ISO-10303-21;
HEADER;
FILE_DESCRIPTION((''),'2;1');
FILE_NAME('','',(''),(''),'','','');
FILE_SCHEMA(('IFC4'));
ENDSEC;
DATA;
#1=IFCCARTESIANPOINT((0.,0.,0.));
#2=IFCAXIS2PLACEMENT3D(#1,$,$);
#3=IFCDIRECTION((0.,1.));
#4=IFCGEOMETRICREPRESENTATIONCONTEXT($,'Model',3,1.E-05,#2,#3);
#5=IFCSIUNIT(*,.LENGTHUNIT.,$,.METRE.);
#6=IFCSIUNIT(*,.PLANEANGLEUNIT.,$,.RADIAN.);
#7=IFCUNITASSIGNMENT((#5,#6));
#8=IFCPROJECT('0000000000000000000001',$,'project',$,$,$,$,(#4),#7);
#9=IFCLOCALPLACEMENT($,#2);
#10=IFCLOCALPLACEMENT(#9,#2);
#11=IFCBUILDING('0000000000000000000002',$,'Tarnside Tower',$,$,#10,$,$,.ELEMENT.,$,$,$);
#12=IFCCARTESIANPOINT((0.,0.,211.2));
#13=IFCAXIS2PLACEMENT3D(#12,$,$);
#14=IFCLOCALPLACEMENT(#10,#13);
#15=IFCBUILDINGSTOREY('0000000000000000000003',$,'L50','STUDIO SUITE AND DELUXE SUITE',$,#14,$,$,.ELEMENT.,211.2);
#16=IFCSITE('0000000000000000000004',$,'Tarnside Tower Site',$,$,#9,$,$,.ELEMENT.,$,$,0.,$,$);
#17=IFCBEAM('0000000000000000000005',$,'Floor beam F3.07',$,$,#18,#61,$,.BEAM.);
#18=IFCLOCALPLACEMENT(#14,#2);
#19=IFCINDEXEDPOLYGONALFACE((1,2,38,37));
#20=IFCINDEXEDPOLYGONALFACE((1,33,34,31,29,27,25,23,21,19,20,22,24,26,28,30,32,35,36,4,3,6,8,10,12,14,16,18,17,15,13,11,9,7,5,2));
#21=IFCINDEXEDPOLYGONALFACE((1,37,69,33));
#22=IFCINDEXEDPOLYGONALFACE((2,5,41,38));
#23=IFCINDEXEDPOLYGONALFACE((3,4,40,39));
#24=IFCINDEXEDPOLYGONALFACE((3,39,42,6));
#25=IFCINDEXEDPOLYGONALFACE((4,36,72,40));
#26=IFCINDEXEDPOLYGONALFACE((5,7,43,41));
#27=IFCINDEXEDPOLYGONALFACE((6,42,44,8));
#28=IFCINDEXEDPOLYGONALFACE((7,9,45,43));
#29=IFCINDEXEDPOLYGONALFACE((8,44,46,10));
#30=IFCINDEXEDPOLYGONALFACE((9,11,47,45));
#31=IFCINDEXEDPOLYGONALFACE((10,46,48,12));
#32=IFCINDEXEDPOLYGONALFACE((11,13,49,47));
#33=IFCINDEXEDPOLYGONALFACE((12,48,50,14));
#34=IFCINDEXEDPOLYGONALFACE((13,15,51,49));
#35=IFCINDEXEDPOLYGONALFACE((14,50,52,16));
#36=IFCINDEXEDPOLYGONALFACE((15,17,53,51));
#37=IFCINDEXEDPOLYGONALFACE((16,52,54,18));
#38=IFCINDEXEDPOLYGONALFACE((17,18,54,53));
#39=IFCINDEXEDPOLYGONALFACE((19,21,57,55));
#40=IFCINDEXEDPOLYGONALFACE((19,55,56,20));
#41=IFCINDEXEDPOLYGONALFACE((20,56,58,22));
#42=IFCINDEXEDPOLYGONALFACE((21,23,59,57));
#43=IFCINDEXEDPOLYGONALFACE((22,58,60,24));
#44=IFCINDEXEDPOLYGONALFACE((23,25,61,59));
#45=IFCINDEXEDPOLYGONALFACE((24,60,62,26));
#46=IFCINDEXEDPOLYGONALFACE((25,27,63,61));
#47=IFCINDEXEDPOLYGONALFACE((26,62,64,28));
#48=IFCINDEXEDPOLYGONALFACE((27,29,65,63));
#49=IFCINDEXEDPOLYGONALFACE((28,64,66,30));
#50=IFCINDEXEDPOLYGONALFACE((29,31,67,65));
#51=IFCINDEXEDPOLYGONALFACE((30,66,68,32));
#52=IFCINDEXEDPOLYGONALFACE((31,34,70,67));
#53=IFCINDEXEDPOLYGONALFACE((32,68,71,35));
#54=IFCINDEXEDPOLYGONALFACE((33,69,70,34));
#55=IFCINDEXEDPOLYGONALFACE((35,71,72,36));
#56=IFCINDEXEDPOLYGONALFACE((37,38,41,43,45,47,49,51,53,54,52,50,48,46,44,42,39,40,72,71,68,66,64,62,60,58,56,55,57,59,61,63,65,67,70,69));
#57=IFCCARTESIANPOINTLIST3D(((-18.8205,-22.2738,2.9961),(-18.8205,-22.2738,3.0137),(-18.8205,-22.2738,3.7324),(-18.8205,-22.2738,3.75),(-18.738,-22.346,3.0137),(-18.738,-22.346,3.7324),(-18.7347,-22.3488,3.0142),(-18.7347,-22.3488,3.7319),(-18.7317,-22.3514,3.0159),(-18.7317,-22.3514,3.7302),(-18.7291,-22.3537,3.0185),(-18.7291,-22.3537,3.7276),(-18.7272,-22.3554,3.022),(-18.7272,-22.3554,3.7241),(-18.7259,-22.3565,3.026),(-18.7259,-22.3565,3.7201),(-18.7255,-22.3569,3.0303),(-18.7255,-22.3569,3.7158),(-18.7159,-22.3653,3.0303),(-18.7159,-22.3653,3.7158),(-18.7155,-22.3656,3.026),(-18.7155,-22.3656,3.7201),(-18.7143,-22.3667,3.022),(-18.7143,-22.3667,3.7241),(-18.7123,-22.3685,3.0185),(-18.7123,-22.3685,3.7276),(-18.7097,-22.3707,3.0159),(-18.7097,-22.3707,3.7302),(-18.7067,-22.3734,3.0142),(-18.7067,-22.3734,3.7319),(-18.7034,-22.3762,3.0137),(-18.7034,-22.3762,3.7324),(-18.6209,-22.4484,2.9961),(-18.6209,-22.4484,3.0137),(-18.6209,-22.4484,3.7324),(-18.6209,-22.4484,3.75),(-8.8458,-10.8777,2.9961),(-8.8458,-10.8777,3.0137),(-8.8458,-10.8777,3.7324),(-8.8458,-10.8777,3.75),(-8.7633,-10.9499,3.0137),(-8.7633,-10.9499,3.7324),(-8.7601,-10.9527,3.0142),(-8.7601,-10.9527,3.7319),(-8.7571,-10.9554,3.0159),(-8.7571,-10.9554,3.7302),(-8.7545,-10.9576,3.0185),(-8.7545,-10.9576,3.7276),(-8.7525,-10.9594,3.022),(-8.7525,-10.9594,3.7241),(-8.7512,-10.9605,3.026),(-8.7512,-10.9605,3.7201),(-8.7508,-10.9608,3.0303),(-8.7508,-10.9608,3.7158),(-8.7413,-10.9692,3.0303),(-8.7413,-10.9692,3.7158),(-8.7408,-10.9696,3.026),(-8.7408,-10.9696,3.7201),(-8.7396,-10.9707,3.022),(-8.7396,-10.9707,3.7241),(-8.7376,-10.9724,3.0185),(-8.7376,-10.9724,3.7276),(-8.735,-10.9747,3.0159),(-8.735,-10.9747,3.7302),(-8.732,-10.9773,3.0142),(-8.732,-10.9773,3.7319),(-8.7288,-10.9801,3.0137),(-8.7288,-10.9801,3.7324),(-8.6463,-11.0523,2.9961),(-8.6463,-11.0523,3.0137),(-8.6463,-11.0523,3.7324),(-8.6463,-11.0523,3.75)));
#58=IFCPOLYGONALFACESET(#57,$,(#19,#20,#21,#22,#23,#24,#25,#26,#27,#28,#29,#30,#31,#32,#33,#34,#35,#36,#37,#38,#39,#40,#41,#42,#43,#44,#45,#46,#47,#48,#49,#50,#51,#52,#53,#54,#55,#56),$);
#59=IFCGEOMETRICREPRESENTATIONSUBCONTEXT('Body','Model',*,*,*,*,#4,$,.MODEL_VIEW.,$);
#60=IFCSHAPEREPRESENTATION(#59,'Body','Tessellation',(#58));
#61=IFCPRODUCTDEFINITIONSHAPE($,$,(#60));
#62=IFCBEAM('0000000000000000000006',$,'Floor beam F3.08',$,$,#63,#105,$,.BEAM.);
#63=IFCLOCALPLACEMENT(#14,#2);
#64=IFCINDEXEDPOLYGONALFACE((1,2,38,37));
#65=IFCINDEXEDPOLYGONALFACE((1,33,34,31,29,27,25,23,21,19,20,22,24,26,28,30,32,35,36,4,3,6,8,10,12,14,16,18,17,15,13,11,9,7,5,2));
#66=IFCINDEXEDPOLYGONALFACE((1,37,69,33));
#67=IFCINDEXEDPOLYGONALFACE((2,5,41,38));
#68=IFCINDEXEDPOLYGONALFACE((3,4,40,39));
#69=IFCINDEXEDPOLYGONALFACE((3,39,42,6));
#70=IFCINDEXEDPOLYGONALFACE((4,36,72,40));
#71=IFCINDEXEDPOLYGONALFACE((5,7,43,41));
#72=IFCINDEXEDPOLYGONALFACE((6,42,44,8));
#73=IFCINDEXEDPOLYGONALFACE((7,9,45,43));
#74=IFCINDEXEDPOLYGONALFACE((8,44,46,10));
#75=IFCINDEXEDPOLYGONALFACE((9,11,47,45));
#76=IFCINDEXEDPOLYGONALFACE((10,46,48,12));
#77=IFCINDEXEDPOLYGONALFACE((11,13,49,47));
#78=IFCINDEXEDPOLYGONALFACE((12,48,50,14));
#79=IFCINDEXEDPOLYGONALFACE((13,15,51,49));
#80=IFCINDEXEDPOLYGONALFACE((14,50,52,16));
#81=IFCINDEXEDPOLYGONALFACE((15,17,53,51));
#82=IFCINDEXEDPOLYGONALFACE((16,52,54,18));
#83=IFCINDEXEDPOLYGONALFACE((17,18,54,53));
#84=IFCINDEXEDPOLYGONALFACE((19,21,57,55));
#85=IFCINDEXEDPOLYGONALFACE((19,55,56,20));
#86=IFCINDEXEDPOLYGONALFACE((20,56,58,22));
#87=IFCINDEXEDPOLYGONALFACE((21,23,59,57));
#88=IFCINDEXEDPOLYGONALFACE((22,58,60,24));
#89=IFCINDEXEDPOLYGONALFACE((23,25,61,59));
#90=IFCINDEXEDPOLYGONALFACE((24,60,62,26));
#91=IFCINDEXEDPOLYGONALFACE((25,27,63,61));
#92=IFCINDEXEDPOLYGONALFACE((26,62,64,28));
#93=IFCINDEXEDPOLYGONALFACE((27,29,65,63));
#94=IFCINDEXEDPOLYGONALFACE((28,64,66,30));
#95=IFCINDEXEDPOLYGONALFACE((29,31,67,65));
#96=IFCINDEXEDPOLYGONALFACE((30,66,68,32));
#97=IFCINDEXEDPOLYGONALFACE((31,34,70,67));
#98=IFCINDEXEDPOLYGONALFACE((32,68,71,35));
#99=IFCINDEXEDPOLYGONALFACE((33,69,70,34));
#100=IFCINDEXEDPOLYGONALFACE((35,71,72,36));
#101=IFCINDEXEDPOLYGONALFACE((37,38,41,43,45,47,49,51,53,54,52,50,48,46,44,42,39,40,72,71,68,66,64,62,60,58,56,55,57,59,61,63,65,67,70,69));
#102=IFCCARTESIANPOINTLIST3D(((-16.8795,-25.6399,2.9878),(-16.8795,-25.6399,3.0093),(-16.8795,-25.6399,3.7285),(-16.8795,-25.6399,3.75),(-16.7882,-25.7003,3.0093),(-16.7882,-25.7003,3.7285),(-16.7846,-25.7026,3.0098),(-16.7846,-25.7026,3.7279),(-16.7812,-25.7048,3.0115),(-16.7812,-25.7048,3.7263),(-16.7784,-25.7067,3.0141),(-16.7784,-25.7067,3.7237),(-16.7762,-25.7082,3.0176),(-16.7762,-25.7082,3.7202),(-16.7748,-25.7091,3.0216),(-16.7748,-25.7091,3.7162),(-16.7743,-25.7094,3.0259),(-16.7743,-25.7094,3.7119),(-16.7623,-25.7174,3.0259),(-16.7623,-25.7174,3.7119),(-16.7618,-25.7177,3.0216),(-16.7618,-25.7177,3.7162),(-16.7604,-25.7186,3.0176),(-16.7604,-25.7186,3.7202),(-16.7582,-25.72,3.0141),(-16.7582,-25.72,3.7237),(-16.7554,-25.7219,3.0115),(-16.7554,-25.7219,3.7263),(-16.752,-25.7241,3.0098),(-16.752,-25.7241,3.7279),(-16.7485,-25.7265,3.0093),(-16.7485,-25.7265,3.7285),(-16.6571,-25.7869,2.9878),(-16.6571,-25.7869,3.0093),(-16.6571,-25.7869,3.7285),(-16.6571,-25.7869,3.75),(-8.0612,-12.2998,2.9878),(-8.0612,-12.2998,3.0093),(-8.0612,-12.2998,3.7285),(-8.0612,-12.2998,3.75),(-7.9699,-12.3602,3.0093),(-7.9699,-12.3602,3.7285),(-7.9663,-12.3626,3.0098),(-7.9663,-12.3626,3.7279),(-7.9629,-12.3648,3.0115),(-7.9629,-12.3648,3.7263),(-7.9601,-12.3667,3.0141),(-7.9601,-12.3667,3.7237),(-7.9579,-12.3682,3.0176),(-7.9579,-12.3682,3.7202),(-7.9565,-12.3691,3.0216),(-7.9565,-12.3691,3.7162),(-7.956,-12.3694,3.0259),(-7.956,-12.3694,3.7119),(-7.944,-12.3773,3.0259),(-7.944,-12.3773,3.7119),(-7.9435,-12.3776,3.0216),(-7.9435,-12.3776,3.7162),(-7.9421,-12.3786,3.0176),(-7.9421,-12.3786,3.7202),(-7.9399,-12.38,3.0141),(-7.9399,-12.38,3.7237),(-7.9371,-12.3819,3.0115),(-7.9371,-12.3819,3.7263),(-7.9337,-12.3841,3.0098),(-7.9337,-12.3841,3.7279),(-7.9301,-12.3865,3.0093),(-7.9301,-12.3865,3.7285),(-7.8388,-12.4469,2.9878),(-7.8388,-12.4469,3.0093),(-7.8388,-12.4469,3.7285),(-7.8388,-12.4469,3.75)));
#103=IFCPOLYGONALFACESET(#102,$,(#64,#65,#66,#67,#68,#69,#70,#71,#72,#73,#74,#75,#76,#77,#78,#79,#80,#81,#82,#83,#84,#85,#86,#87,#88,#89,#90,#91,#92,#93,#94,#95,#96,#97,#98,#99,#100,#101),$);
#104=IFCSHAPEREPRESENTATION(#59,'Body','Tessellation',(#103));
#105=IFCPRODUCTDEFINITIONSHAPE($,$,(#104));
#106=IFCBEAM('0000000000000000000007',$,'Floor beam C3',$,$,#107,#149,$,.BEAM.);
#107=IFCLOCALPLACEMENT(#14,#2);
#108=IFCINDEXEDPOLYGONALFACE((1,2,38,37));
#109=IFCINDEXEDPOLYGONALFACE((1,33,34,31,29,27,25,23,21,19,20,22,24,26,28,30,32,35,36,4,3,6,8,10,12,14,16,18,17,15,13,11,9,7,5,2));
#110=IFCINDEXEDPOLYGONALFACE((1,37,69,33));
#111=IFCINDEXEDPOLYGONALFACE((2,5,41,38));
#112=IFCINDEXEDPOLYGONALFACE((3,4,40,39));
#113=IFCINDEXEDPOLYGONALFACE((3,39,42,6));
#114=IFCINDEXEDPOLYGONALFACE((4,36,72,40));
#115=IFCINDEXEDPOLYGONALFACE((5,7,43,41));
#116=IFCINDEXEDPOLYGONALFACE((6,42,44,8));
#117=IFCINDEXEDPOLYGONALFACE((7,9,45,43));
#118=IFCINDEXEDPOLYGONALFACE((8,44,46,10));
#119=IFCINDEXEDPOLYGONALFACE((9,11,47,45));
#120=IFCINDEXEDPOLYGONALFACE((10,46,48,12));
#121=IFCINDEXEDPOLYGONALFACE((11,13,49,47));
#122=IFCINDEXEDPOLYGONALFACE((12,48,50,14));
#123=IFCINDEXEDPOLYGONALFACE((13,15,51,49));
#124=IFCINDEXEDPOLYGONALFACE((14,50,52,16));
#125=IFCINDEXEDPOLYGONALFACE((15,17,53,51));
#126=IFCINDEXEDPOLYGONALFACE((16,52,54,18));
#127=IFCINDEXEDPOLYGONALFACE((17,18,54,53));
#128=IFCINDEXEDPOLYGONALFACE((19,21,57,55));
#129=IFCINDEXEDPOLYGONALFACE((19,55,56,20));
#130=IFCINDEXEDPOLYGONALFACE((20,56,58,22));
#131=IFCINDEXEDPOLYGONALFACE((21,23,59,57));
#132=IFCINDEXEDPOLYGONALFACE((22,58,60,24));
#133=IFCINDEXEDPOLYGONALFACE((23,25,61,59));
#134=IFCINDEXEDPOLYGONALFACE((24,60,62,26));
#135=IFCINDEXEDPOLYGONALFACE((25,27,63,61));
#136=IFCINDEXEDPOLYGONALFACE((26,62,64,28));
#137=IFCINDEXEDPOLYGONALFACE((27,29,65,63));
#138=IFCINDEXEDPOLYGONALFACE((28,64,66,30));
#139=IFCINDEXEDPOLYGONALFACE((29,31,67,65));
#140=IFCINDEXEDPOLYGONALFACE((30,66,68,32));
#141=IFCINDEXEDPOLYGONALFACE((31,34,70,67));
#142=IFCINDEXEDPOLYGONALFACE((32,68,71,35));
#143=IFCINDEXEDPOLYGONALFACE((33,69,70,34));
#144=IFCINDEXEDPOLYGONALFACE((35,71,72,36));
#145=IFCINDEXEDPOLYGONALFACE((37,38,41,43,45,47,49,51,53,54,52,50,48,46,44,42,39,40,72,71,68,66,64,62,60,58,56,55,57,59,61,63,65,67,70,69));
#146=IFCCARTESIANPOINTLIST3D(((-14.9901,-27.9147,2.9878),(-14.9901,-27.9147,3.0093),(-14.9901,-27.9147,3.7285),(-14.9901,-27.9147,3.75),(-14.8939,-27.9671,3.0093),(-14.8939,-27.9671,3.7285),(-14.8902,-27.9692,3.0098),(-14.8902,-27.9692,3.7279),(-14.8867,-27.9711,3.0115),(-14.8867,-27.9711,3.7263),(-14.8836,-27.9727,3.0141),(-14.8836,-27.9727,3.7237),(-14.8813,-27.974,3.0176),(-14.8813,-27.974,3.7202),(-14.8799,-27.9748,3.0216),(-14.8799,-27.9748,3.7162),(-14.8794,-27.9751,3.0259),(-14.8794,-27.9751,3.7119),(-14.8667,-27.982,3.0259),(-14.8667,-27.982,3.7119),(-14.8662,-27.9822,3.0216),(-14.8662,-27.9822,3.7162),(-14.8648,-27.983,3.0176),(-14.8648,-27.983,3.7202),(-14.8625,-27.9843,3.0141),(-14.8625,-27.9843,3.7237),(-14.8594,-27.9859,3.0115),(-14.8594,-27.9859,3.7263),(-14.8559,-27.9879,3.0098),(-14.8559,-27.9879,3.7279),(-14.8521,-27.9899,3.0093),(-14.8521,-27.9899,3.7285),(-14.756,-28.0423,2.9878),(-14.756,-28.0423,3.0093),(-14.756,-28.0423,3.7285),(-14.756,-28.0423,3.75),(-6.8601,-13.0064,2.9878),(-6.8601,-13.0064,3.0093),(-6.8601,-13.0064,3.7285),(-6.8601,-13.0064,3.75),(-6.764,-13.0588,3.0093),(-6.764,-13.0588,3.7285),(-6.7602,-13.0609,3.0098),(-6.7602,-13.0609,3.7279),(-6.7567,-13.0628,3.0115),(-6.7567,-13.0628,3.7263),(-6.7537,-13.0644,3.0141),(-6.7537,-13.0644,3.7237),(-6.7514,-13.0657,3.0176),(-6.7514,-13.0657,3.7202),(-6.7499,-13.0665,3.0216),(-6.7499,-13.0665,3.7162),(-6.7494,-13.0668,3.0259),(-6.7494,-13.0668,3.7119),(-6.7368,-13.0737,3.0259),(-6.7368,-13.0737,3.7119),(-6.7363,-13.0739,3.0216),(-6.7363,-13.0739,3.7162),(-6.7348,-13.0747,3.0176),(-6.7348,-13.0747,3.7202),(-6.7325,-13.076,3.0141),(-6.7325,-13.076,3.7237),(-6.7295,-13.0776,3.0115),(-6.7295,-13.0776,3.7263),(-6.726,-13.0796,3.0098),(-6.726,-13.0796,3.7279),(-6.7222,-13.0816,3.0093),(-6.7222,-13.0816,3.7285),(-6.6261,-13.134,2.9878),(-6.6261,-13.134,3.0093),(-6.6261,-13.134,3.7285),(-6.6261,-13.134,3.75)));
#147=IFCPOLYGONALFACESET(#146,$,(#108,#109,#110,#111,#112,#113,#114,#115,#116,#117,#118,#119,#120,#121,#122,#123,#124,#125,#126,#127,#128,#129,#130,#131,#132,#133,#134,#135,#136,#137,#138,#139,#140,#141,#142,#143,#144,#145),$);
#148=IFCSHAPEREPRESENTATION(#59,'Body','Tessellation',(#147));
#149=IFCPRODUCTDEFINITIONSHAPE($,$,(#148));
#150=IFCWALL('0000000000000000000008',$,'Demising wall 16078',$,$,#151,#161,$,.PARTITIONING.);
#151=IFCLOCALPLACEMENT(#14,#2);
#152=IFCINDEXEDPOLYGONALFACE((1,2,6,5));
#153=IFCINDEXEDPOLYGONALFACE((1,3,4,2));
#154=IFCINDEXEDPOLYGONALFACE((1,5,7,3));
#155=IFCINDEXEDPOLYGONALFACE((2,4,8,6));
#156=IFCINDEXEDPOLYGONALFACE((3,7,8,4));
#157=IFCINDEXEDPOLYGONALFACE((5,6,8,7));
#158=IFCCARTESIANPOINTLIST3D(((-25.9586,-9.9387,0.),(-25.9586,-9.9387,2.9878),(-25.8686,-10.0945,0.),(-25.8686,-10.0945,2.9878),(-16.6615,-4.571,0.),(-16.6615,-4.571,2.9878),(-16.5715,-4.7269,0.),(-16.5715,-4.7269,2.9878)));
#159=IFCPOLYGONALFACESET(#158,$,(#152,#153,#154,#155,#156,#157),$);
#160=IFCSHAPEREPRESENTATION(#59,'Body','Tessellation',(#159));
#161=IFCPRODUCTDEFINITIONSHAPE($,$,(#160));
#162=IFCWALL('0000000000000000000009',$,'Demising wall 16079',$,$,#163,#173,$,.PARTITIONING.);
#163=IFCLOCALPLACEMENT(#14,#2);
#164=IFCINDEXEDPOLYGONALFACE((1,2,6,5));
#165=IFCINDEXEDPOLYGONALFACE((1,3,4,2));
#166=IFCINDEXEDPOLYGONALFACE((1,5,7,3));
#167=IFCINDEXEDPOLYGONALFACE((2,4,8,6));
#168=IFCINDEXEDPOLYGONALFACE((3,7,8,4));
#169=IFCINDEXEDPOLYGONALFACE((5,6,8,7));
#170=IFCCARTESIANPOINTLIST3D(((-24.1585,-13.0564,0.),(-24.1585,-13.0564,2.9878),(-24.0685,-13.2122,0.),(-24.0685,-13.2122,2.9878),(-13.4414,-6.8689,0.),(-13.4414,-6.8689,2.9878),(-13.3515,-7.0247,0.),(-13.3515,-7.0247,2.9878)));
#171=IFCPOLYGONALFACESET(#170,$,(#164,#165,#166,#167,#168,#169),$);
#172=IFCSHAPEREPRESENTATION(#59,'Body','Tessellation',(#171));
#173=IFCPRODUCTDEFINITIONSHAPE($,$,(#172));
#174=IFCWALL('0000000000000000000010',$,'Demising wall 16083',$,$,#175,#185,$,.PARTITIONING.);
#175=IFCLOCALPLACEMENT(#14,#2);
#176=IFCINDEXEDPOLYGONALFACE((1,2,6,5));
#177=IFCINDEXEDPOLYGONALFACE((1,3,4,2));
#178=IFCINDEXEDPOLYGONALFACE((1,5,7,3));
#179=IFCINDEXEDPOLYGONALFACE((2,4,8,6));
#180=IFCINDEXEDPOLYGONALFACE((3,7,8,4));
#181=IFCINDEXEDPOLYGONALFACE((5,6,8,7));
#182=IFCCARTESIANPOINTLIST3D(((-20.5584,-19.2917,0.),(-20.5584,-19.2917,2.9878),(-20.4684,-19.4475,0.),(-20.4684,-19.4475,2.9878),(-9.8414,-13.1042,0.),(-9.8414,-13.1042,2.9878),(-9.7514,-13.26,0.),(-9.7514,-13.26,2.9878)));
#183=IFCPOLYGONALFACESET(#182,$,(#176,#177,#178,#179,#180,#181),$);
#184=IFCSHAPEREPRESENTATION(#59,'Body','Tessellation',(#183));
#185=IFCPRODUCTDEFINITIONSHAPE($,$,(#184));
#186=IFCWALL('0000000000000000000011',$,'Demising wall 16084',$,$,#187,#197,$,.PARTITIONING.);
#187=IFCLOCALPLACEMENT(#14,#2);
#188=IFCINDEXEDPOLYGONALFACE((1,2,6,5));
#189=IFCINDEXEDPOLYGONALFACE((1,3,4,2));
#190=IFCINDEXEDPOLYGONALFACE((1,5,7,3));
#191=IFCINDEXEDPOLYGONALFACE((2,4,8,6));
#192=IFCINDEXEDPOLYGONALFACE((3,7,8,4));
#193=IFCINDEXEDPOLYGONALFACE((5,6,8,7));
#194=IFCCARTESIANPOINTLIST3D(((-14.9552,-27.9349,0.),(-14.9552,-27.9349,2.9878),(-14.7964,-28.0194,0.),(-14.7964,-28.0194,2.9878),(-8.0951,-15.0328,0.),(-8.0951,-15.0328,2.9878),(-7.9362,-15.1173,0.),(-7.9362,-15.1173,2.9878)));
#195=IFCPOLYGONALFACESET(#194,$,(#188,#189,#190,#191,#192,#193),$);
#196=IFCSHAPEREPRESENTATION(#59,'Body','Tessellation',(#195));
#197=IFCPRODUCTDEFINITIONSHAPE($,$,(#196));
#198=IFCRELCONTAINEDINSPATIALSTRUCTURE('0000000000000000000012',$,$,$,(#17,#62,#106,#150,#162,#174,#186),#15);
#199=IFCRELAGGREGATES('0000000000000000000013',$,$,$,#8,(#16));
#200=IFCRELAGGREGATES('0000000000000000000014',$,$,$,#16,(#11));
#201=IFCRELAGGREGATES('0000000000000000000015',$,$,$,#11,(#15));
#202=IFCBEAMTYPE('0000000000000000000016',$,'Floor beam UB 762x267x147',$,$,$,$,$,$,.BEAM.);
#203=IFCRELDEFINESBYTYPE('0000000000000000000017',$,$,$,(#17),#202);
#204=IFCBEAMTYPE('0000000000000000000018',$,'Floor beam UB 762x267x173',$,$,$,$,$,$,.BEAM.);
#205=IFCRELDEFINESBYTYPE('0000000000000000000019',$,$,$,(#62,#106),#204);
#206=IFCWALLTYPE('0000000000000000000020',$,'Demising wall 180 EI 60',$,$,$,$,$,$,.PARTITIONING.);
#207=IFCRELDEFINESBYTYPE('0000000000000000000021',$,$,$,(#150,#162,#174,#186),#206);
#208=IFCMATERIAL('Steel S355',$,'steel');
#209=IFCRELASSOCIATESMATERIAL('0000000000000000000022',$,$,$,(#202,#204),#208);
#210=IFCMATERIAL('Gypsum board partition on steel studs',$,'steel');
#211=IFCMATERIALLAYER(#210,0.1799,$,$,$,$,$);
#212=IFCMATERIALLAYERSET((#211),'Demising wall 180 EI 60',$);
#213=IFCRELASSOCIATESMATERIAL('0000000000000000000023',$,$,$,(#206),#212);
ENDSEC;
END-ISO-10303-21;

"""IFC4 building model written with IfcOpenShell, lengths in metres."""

from ifc_helpers import new_model, si_unit, direction, frame, frame_2d, origin, origin_2d, place, context, subcontext, project, spatial, rectangle, i_section, extrude, material, layer, layer_set, material_profile, profile_set, type_object, element, save


model = new_model("IFC4")

# Units and contexts
model_context = context("Model", 3, precision=1e-05, world=origin(), true_north=direction((0.0, 1.0)))
body_context = subcontext(model_context, "Body", "Model", "MODEL_VIEW")
ifc_project = project(units=[si_unit("LENGTHUNIT", "METRE"), si_unit("PLANEANGLEUNIT", "RADIAN")], contexts=[model_context])

# Site, building, storey
site_placement = place(None, origin())
site = spatial("IfcSite", under=ifc_project, at=site_placement, Name="Tarnside Tower Site", CompositionType="ELEMENT", RefElevation=0.0)
building_placement = place(site_placement, origin())
building = spatial("IfcBuilding", under=site, at=building_placement, Name="Tarnside Tower", CompositionType="ELEMENT")
storey_placement = place(building_placement, frame((0.0, 0.0, 211.2)))
storey = spatial("IfcBuildingStorey", under=building, at=storey_placement, Name="L50", Description="STUDIO SUITE AND DELUXE SUITE", CompositionType="ELEMENT", Elevation=211.2)

# Beams
ifc_material_1 = material(Name="Steel S355", Category="steel")
ifc_material_profile_1 = material_profile(ifc_material_1, i_section(OverallWidth=0.2651, OverallDepth=0.7539, WebThickness=0.0127, FlangeThickness=0.0176, FilletRadius=0.0166, at=origin_2d()), Name="UB 762x267x147")
ifc_profile_set_1 = profile_set([ifc_material_profile_1], Name="Steel S355")
beam_type_1 = type_object("IfcBeamType", Name="Floor beam UB 762x267x147", PredefinedType="BEAM", material=ifc_profile_set_1)
beam_1_placement = place(storey_placement, frame((-18.7207, -22.3611, 3.373), z_axis=(0.658621, 0.752475, 0.0), x_axis=(-0.752475, 0.658621, 0.0)))
element("IfcBeam", 1, at=beam_1_placement, inside=storey, type_object=beam_type_1, Name="Floor beam F3.07", PredefinedType="BEAM", context=body_context, shape_type="SweptSolid", body=[
    extrude(i_section(OverallWidth=0.2651, OverallDepth=0.7539, WebThickness=0.0127, FlangeThickness=0.0176, FilletRadius=0.0166, at=origin_2d()), origin(), (0.0, 0.0, 1.0), 15.1448),
])
ifc_material_profile_2 = material_profile(ifc_material_1, i_section(OverallWidth=0.2666, OverallDepth=0.7622, WebThickness=0.0144, FlangeThickness=0.0215, FilletRadius=0.0166, at=origin_2d()), Name="UB 762x267x173")
ifc_profile_set_2 = profile_set([ifc_material_profile_2], Name="Steel S355")
beam_type_2 = type_object("IfcBeamType", Name="Floor beam UB 762x267x173", PredefinedType="BEAM", material=ifc_profile_set_2)
beam_2_placement = place(storey_placement, frame((-16.7683, -25.7134, 3.3689), z_axis=(0.551448, 0.83421, 0.0), x_axis=(-0.83421, 0.551448, 0.0)))
element("IfcBeam", 2, at=beam_2_placement, inside=storey, type_object=beam_type_2, Name="Floor beam F3.08", PredefinedType="BEAM", context=body_context, shape_type="SweptSolid", body=[
    extrude(i_section(OverallWidth=0.2666, OverallDepth=0.7622, WebThickness=0.0144, FlangeThickness=0.0215, FilletRadius=0.0166, at=origin_2d()), origin(), (0.0, 0.0, 1.0), 15.9912),
])
beam_3_placement = place(storey_placement, frame((-14.873, -27.9785, 3.3689), z_axis=(0.478768, 0.877942, 0.0), x_axis=(-0.877942, 0.478768, 0.0)))
element("IfcBeam", 3, at=beam_3_placement, inside=storey, type_object=beam_type_2, Name="Floor beam C3", PredefinedType="BEAM", context=body_context, shape_type="SweptSolid", body=[
    extrude(i_section(OverallWidth=0.2666, OverallDepth=0.7622, WebThickness=0.0144, FlangeThickness=0.0215, FilletRadius=0.0166, at=origin_2d()), origin(), (0.0, 0.0, 1.0), 16.981),
])

# Walls
ifc_material_2 = material(Name="Gypsum board partition on steel studs", Category="steel")
ifc_layer_1 = layer(ifc_material_2, 0.1799)
ifc_layer_set_1 = layer_set([ifc_layer_1], Name="Demising wall 180 EI 60")
wall_type_1 = type_object("IfcWallType", Name="Demising wall 180 EI 60", PredefinedType="PARTITIONING", material=ifc_layer_set_1)
wall_1_placement = place(storey_placement, frame((-25.9136, -10.0166, 0.0), z_axis=(0.0, 0.0, 1.0), x_axis=(0.866026, 0.499999, 0.0)))
element("IfcWall", 4, at=wall_1_placement, inside=storey, type_object=wall_type_1, Name="Demising wall 16078", PredefinedType="PARTITIONING", context=body_context, shape_type="SweptSolid", body=[
    extrude(rectangle(XDim=10.7354, YDim=0.1799, at=frame_2d((5.3677, 0.0))), origin(), (0.0, 0.0, 1.0), 2.9878),
])
for number, where, z_axis, x_axis, name in (
    (5, (-24.1135, -13.1343, 0.0), (0.0, 0.0, 1.0), (0.866025, 0.500001, 0.0), "Demising wall 16079"),
    (6, (-20.5134, -19.3696, 0.0), (0.0, 0.0, 1.0), (0.866025, 0.500001, 0.0), "Demising wall 16083"),
):
    element("IfcWall", number, at=place(storey_placement, frame(where, z_axis=z_axis, x_axis=x_axis)), inside=storey, type_object=wall_type_1, Name=name, PredefinedType="PARTITIONING", context=body_context, shape_type="SweptSolid", body=[
        extrude(rectangle(XDim=12.375, YDim=0.1799, at=frame_2d((6.1875, 0.0))), origin(), (0.0, 0.0, 1.0), 2.9878),
    ])
wall_2_placement = place(storey_placement, frame((-14.8757, -27.9771, 0.0), z_axis=(0.0, 0.0, 1.0), x_axis=(0.469468, 0.882949, 0.0)))
element("IfcWall", 7, at=wall_2_placement, inside=storey, type_object=wall_type_1, Name="Demising wall 16084", PredefinedType="PARTITIONING", context=body_context, shape_type="SweptSolid", body=[
    extrude(rectangle(XDim=14.6125, YDim=0.1799, at=frame_2d((7.3062, 0.0))), origin(), (0.0, 0.0, 1.0), 2.9878),
])

save(model, "model.ifc")
